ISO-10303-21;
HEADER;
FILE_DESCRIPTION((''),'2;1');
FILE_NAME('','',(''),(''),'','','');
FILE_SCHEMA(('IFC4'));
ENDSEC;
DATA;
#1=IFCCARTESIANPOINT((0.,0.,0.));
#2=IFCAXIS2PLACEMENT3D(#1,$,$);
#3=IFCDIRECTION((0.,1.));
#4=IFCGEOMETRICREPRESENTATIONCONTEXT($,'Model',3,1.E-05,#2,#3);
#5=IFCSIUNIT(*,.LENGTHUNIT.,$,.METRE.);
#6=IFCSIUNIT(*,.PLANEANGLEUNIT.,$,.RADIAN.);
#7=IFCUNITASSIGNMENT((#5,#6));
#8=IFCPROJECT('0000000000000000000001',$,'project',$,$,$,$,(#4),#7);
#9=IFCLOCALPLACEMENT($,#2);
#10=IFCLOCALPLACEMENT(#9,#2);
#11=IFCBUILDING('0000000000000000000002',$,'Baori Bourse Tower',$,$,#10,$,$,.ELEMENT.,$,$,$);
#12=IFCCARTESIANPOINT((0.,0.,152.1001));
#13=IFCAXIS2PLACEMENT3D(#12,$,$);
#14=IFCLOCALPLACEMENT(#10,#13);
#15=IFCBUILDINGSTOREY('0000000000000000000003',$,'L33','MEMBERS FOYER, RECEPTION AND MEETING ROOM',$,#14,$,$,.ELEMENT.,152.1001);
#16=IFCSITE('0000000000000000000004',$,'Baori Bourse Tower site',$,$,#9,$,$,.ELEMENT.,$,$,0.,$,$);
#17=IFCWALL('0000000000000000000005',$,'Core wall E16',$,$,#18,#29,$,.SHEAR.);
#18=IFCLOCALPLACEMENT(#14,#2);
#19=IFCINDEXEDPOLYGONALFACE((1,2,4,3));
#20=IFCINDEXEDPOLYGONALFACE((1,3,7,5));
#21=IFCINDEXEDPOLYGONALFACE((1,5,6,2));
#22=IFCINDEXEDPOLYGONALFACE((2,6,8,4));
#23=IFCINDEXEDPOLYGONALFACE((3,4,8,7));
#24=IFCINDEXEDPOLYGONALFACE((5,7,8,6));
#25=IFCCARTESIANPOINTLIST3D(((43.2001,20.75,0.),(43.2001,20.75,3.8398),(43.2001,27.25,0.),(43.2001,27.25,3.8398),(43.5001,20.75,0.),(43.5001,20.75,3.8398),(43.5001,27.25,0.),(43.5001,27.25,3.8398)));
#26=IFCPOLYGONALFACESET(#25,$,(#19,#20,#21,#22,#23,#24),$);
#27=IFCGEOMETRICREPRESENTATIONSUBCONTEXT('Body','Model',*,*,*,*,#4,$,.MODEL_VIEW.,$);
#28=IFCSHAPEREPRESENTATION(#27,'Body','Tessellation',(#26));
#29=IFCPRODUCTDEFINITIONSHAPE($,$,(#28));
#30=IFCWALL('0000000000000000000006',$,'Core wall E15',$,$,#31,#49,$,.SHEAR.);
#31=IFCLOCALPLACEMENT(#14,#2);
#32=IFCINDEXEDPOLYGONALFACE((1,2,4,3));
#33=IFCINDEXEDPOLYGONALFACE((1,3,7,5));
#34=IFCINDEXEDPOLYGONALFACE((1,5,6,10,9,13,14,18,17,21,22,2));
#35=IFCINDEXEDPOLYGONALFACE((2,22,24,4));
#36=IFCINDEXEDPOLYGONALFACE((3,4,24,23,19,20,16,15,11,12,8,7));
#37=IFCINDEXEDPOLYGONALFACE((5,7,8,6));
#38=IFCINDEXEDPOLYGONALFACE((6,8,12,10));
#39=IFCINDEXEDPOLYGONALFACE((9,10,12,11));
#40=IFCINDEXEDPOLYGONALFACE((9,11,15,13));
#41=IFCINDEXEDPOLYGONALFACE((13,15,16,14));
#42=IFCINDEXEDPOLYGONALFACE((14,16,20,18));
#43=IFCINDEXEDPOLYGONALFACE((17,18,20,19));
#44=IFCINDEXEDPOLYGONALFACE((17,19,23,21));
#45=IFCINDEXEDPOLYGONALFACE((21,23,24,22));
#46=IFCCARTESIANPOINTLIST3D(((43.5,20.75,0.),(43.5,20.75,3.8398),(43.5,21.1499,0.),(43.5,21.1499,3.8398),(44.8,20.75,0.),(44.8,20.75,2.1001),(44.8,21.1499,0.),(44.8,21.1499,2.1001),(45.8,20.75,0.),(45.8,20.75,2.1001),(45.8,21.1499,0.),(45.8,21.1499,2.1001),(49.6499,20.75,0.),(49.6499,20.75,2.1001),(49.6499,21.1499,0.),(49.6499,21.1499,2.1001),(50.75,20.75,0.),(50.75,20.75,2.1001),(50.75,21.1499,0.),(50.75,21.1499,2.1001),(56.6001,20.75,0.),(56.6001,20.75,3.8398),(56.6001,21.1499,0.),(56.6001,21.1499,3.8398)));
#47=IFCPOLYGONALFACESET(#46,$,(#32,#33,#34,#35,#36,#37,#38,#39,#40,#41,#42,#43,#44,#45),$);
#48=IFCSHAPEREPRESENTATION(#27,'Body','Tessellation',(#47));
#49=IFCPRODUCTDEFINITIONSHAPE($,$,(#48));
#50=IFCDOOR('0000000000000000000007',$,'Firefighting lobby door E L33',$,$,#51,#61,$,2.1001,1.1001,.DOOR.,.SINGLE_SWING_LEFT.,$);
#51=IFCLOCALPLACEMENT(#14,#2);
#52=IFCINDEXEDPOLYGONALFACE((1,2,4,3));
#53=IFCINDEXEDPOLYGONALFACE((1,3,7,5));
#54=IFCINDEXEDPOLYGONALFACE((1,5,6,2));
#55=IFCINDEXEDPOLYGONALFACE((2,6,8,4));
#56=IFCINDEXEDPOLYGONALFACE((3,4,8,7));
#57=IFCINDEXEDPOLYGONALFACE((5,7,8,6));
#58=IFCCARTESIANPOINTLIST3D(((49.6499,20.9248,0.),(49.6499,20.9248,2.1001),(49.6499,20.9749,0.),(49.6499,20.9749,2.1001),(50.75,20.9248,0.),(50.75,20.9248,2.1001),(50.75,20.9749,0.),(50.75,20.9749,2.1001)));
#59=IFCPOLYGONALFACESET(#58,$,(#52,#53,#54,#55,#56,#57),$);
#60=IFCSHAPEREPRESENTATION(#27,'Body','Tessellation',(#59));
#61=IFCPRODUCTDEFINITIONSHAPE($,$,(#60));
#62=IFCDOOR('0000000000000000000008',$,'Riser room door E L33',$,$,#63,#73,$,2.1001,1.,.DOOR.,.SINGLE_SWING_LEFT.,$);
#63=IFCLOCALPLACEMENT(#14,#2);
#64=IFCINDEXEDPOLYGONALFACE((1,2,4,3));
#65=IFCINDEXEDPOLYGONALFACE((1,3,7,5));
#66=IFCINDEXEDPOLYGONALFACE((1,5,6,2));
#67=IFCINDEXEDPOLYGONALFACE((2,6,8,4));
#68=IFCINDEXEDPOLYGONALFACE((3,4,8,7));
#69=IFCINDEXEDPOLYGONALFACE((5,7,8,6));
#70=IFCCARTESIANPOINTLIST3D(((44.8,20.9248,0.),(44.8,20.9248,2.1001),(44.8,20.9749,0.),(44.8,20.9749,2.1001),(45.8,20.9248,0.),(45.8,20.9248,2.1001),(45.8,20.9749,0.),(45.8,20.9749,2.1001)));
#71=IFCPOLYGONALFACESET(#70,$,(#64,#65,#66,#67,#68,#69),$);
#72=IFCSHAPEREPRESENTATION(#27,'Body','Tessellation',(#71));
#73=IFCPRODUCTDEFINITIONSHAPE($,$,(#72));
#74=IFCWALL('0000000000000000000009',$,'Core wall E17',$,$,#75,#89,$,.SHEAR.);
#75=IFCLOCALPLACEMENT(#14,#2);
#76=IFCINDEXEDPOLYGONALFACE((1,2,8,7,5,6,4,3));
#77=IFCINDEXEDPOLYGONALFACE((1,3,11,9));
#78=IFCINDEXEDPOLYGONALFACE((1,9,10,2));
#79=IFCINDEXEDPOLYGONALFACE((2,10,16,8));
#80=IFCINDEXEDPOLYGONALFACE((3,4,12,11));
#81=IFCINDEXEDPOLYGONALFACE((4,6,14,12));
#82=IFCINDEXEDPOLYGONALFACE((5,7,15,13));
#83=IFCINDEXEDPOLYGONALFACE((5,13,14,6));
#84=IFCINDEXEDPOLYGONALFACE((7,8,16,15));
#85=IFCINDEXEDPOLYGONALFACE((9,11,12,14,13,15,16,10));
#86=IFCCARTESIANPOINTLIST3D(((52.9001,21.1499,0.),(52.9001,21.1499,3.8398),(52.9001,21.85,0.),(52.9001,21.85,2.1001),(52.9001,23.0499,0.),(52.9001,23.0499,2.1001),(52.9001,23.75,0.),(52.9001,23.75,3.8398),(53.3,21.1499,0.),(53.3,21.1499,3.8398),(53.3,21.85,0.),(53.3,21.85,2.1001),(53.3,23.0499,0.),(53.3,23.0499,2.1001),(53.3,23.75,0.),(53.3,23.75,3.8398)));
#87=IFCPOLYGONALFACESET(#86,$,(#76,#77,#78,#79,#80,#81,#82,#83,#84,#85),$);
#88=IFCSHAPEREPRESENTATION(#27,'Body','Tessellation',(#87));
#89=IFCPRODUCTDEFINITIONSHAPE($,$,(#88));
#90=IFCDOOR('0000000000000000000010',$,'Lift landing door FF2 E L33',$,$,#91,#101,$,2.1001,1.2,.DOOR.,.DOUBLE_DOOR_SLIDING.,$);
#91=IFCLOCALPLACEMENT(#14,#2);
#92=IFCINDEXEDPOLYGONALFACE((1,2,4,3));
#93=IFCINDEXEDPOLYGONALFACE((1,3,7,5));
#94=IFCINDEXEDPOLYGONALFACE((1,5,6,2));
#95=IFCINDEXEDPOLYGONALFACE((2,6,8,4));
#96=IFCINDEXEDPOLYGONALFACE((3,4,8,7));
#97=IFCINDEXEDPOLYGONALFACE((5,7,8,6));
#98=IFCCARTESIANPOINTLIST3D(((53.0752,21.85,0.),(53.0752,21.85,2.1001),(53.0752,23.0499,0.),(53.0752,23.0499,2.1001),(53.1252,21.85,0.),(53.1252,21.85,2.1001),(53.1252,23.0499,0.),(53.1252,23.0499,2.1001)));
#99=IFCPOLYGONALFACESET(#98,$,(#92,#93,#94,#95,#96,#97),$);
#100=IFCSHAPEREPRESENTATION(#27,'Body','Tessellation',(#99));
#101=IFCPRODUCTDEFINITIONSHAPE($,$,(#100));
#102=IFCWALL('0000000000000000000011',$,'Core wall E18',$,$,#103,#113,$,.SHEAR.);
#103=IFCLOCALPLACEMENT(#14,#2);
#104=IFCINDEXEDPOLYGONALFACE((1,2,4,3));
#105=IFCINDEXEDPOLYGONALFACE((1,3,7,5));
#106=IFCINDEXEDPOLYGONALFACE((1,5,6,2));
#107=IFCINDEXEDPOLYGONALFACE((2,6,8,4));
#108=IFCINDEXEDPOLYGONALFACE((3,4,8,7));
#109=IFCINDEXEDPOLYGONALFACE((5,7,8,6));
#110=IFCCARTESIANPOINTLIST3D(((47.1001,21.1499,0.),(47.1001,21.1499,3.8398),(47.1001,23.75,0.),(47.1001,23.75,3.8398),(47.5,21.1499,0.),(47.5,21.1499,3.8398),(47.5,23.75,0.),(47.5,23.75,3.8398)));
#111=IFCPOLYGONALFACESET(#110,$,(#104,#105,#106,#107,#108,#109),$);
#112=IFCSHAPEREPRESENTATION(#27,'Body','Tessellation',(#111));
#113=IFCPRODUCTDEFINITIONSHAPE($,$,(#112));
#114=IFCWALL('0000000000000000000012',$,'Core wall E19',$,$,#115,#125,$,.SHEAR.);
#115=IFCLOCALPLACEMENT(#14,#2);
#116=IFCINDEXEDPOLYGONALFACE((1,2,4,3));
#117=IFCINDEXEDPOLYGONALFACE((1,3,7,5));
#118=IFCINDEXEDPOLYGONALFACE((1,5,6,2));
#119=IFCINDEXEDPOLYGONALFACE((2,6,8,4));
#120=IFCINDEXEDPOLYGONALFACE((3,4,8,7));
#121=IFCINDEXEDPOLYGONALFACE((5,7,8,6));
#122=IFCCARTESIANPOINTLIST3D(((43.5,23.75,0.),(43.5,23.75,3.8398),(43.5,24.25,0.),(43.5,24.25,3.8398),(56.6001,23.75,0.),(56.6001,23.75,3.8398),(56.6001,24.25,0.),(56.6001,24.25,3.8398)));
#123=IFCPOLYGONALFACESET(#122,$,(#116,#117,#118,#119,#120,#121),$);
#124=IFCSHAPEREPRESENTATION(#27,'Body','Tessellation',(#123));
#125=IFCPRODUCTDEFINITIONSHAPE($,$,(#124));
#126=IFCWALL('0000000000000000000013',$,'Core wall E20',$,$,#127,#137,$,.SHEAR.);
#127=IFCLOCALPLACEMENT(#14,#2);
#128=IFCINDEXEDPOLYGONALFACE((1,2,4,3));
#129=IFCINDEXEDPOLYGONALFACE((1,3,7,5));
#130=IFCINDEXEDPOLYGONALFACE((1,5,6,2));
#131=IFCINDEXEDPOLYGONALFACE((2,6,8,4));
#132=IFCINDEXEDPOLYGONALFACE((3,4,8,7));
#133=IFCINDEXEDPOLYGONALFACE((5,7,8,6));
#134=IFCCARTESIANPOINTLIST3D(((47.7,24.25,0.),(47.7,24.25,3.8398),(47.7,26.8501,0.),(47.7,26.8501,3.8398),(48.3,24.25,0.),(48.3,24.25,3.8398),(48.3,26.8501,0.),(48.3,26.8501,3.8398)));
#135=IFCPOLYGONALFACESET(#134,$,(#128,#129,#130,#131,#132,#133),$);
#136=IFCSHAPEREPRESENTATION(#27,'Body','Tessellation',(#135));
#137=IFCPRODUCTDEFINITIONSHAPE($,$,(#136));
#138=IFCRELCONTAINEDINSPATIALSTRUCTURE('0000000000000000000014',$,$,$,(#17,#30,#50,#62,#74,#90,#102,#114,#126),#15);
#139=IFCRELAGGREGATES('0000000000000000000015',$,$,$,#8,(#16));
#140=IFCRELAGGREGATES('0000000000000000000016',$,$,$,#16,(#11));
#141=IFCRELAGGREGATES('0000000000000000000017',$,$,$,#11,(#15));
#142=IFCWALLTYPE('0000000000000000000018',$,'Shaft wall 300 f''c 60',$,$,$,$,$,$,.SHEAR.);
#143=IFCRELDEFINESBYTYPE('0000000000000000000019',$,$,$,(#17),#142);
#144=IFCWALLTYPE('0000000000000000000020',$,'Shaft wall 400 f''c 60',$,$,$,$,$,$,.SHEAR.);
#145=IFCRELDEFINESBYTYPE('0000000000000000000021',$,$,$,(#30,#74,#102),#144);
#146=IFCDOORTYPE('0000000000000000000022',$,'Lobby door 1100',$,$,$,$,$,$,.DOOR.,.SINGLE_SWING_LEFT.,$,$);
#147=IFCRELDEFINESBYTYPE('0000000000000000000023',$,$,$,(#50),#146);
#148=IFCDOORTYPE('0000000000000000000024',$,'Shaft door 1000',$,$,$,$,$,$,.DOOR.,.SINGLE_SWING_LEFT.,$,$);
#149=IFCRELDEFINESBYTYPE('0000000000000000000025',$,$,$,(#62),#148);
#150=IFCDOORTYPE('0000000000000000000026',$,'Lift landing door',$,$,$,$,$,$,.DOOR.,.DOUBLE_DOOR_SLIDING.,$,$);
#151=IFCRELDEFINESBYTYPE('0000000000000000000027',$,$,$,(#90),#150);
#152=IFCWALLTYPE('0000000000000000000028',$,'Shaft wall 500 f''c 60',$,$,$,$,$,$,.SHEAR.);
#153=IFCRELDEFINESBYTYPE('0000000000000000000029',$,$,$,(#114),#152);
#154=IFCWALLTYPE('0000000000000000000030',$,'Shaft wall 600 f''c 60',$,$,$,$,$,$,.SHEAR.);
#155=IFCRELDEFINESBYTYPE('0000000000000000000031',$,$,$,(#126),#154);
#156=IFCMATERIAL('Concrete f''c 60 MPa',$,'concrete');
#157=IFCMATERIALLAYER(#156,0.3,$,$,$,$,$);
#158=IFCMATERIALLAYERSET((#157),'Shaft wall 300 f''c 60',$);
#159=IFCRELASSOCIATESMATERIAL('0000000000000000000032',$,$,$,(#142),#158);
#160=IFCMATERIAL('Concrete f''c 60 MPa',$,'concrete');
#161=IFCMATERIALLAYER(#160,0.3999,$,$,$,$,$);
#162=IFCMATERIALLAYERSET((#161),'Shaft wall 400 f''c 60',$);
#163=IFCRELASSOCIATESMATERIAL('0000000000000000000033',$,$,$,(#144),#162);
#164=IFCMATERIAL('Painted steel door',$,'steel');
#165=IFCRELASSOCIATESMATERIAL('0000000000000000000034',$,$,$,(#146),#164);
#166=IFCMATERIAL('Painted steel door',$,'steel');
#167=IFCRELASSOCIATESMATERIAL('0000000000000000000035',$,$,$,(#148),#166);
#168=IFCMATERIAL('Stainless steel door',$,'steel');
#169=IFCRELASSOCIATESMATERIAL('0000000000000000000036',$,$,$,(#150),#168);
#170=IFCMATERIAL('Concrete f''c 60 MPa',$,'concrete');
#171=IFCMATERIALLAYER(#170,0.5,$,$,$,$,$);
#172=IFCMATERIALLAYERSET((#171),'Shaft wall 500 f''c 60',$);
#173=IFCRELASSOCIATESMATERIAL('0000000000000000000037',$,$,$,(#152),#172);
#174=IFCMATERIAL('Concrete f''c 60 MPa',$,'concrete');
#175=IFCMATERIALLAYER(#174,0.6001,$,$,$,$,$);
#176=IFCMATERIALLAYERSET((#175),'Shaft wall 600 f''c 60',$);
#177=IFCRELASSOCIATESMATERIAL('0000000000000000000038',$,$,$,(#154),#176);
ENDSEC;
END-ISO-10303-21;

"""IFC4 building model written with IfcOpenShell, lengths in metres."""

from ifc_helpers import new_model, si_unit, direction, frame, frame_2d, origin, place, context, subcontext, project, spatial, rectangle, extrude, material, layer, layer_set, type_object, element, fill, save


model = new_model("IFC4")

# Units and contexts
model_context = context("Model", 3, precision=1e-05, world=origin(), true_north=direction((0.0, 1.0)))
body_context = subcontext(model_context, "Body", "Model", "MODEL_VIEW")
ifc_project = project(units=[si_unit("LENGTHUNIT", "METRE"), si_unit("PLANEANGLEUNIT", "RADIAN")], contexts=[model_context])

# Site, building, storey
site_placement = place(None, origin())
site = spatial("IfcSite", under=ifc_project, at=site_placement, Name="Baori Bourse Tower site", CompositionType="ELEMENT", RefElevation=0.0)
building_placement = place(site_placement, origin())
building = spatial("IfcBuilding", under=site, at=building_placement, Name="Baori Bourse Tower", CompositionType="ELEMENT")
storey_placement = place(building_placement, frame((0.0, 0.0, 152.1001)))
storey = spatial("IfcBuildingStorey", under=building, at=storey_placement, Name="L33", Description="MEMBERS FOYER, RECEPTION AND MEETING ROOM", CompositionType="ELEMENT", Elevation=152.1001)

# Wall
ifc_material_1 = material(Name="Concrete f'c 60 MPa", Category="concrete")
ifc_layer_1 = layer(ifc_material_1, 0.3)
ifc_layer_set_1 = layer_set([ifc_layer_1], Name="Shaft wall 300 f'c 60")
wall_type_1 = type_object("IfcWallType", Name="Shaft wall 300 f'c 60", PredefinedType="SHEAR", material=ifc_layer_set_1)
wall_1_placement = place(storey_placement, frame((43.3501, 20.75, 0.0), z_axis=(0.0, 0.0, 1.0), x_axis=(0.0, 1.0, 0.0)))
element("IfcWall", 1, at=wall_1_placement, inside=storey, type_object=wall_type_1, Name="Core wall E16", PredefinedType="SHEAR", context=body_context, shape_type="SweptSolid", body=[
    extrude(rectangle(XDim=6.5, YDim=0.3, at=frame_2d((3.25, 0.0))), origin(), (0.0, 0.0, 1.0), 3.8398),
])

# Wall, openings, doors
ifc_material_2 = material(Name="Concrete f'c 60 MPa", Category="concrete")
ifc_layer_2 = layer(ifc_material_2, 0.3999)
ifc_layer_set_2 = layer_set([ifc_layer_2], Name="Shaft wall 400 f'c 60")
wall_type_2 = type_object("IfcWallType", Name="Shaft wall 400 f'c 60", PredefinedType="SHEAR", material=ifc_layer_set_2)
wall_2_placement = place(storey_placement, frame((43.5, 20.95, 0.0), z_axis=(0.0, 0.0, 1.0), x_axis=(1.0, 0.0, 0.0)))
wall_2 = element("IfcWall", 2, at=wall_2_placement, inside=storey, type_object=wall_type_2, Name="Core wall E15", PredefinedType="SHEAR", context=body_context, shape_type="SweptSolid", body=[
    extrude(rectangle(XDim=13.1001, YDim=0.3999, at=frame_2d((6.55, 0.0))), origin(), (0.0, 0.0, 1.0), 3.8398),
])
opening_1_placement = place(wall_2_placement, frame((6.1499, 0.0, 0.0)))
opening_1 = element("IfcOpeningElement", 3, at=opening_1_placement, cuts=wall_2, PredefinedType="OPENING", context=body_context, shape_type="SweptSolid", body=[
    extrude(rectangle(XDim=1.1001, YDim=2.1001, at=frame_2d((0.55, 1.05))), frame((0.0, 0.21, 0.0), z_axis=(0.0, -1.0, 0.0), x_axis=(1.0, 0.0, 0.0)), (0.0, 0.0, 1.0), 0.4199),
])
opening_2_placement = place(wall_2_placement, frame((1.3, 0.0, 0.0)))
opening_2 = element("IfcOpeningElement", 4, at=opening_2_placement, cuts=wall_2, PredefinedType="OPENING", context=body_context, shape_type="SweptSolid", body=[
    extrude(rectangle(XDim=1.0, YDim=2.1001, at=frame_2d((0.5, 1.05))), frame((0.0, 0.21, 0.0), z_axis=(0.0, -1.0, 0.0), x_axis=(1.0, 0.0, 0.0)), (0.0, 0.0, 1.0), 0.4199),
])
ifc_material_3 = material(Name="Painted steel door", Category="steel")
door_type_1 = type_object("IfcDoorType", Name="Lobby door 1100", OperationType="SINGLE_SWING_LEFT", PredefinedType="DOOR", material=ifc_material_3)
door_1_placement = place(opening_1_placement, origin())
door_1 = element("IfcDoor", 5, at=door_1_placement, inside=storey, type_object=door_type_1, Name="Firefighting lobby door E L33", OperationType="SINGLE_SWING_LEFT", OverallHeight=2.1001, OverallWidth=1.1001, PredefinedType="DOOR", context=body_context, shape_type="SweptSolid", body=[
    extrude(rectangle(XDim=1.1001, YDim=2.1001, at=frame_2d((0.55, 1.05))), frame((0.0, 0.0249, 0.0), z_axis=(0.0, -1.0, 0.0), x_axis=(1.0, 0.0, 0.0)), (0.0, 0.0, 1.0), 0.05),
])
fill(opening_1, door_1)
ifc_material_4 = material(Name="Painted steel door", Category="steel")
door_type_2 = type_object("IfcDoorType", Name="Shaft door 1000", OperationType="SINGLE_SWING_LEFT", PredefinedType="DOOR", material=ifc_material_4)
door_2_placement = place(opening_2_placement, origin())
door_2 = element("IfcDoor", 6, at=door_2_placement, inside=storey, type_object=door_type_2, Name="Riser room door E L33", OperationType="SINGLE_SWING_LEFT", OverallHeight=2.1001, OverallWidth=1.0, PredefinedType="DOOR", context=body_context, shape_type="SweptSolid", body=[
    extrude(rectangle(XDim=1.0, YDim=2.1001, at=frame_2d((0.5, 1.05))), frame((0.0, 0.0249, 0.0), z_axis=(0.0, -1.0, 0.0), x_axis=(1.0, 0.0, 0.0)), (0.0, 0.0, 1.0), 0.05),
])
fill(opening_2, door_2)

# Wall, opening, door
wall_3_placement = place(storey_placement, frame((53.1001, 21.1499, 0.0), z_axis=(0.0, 0.0, 1.0), x_axis=(0.0, 1.0, 0.0)))
wall_3 = element("IfcWall", 7, at=wall_3_placement, inside=storey, type_object=wall_type_2, Name="Core wall E17", PredefinedType="SHEAR", context=body_context, shape_type="SweptSolid", body=[
    extrude(rectangle(XDim=2.6001, YDim=0.3999, at=frame_2d((1.3, 0.0))), origin(), (0.0, 0.0, 1.0), 3.8398),
])
opening_3_placement = place(wall_3_placement, frame((0.7, 0.0, 0.0)))
opening_3 = element("IfcOpeningElement", 8, at=opening_3_placement, cuts=wall_3, PredefinedType="OPENING", context=body_context, shape_type="SweptSolid", body=[
    extrude(rectangle(XDim=1.2, YDim=2.1001, at=frame_2d((0.6001, 1.05))), frame((0.0, 0.21, 0.0), z_axis=(0.0, -1.0, 0.0), x_axis=(1.0, 0.0, 0.0)), (0.0, 0.0, 1.0), 0.4199),
])
ifc_material_5 = material(Name="Stainless steel door", Category="steel")
door_type_3 = type_object("IfcDoorType", Name="Lift landing door", OperationType="DOUBLE_DOOR_SLIDING", PredefinedType="DOOR", material=ifc_material_5)
door_3_placement = place(opening_3_placement, origin())
door_3 = element("IfcDoor", 9, at=door_3_placement, inside=storey, type_object=door_type_3, Name="Lift landing door FF2 E L33", OperationType="DOUBLE_DOOR_SLIDING", OverallHeight=2.1001, OverallWidth=1.2, PredefinedType="DOOR", context=body_context, shape_type="SweptSolid", body=[
    extrude(rectangle(XDim=1.2, YDim=2.1001, at=frame_2d((0.6001, 1.05))), frame((0.0, 0.0249, 0.0), z_axis=(0.0, -1.0, 0.0), x_axis=(1.0, 0.0, 0.0)), (0.0, 0.0, 1.0), 0.05),
])
fill(opening_3, door_3)

# Walls
wall_4_placement = place(storey_placement, frame((47.3, 21.1499, 0.0), z_axis=(0.0, 0.0, 1.0), x_axis=(0.0, 1.0, 0.0)))
element("IfcWall", 10, at=wall_4_placement, inside=storey, type_object=wall_type_2, Name="Core wall E18", PredefinedType="SHEAR", context=body_context, shape_type="SweptSolid", body=[
    extrude(rectangle(XDim=2.6001, YDim=0.3999, at=frame_2d((1.3, 0.0))), origin(), (0.0, 0.0, 1.0), 3.8398),
])
ifc_material_6 = material(Name="Concrete f'c 60 MPa", Category="concrete")
ifc_layer_3 = layer(ifc_material_6, 0.5)
ifc_layer_set_3 = layer_set([ifc_layer_3], Name="Shaft wall 500 f'c 60")
wall_type_3 = type_object("IfcWallType", Name="Shaft wall 500 f'c 60", PredefinedType="SHEAR", material=ifc_layer_set_3)
wall_5_placement = place(storey_placement, frame((43.5, 24.0, 0.0), z_axis=(0.0, 0.0, 1.0), x_axis=(1.0, 0.0, 0.0)))
element("IfcWall", 11, at=wall_5_placement, inside=storey, type_object=wall_type_3, Name="Core wall E19", PredefinedType="SHEAR", context=body_context, shape_type="SweptSolid", body=[
    extrude(rectangle(XDim=13.1001, YDim=0.5, at=frame_2d((6.55, 0.0))), origin(), (0.0, 0.0, 1.0), 3.8398),
])
ifc_material_7 = material(Name="Concrete f'c 60 MPa", Category="concrete")
ifc_layer_4 = layer(ifc_material_7, 0.6001)
ifc_layer_set_4 = layer_set([ifc_layer_4], Name="Shaft wall 600 f'c 60")
wall_type_4 = type_object("IfcWallType", Name="Shaft wall 600 f'c 60", PredefinedType="SHEAR", material=ifc_layer_set_4)
wall_6_placement = place(storey_placement, frame((48.0, 24.25, 0.0), z_axis=(0.0, 0.0, 1.0), x_axis=(0.0, 1.0, 0.0)))
element("IfcWall", 12, at=wall_6_placement, inside=storey, type_object=wall_type_4, Name="Core wall E20", PredefinedType="SHEAR", context=body_context, shape_type="SweptSolid", body=[
    extrude(rectangle(XDim=2.6001, YDim=0.6001, at=frame_2d((1.3, 0.0))), origin(), (0.0, 0.0, 1.0), 3.8398),
])

save(model, "model.ifc")
